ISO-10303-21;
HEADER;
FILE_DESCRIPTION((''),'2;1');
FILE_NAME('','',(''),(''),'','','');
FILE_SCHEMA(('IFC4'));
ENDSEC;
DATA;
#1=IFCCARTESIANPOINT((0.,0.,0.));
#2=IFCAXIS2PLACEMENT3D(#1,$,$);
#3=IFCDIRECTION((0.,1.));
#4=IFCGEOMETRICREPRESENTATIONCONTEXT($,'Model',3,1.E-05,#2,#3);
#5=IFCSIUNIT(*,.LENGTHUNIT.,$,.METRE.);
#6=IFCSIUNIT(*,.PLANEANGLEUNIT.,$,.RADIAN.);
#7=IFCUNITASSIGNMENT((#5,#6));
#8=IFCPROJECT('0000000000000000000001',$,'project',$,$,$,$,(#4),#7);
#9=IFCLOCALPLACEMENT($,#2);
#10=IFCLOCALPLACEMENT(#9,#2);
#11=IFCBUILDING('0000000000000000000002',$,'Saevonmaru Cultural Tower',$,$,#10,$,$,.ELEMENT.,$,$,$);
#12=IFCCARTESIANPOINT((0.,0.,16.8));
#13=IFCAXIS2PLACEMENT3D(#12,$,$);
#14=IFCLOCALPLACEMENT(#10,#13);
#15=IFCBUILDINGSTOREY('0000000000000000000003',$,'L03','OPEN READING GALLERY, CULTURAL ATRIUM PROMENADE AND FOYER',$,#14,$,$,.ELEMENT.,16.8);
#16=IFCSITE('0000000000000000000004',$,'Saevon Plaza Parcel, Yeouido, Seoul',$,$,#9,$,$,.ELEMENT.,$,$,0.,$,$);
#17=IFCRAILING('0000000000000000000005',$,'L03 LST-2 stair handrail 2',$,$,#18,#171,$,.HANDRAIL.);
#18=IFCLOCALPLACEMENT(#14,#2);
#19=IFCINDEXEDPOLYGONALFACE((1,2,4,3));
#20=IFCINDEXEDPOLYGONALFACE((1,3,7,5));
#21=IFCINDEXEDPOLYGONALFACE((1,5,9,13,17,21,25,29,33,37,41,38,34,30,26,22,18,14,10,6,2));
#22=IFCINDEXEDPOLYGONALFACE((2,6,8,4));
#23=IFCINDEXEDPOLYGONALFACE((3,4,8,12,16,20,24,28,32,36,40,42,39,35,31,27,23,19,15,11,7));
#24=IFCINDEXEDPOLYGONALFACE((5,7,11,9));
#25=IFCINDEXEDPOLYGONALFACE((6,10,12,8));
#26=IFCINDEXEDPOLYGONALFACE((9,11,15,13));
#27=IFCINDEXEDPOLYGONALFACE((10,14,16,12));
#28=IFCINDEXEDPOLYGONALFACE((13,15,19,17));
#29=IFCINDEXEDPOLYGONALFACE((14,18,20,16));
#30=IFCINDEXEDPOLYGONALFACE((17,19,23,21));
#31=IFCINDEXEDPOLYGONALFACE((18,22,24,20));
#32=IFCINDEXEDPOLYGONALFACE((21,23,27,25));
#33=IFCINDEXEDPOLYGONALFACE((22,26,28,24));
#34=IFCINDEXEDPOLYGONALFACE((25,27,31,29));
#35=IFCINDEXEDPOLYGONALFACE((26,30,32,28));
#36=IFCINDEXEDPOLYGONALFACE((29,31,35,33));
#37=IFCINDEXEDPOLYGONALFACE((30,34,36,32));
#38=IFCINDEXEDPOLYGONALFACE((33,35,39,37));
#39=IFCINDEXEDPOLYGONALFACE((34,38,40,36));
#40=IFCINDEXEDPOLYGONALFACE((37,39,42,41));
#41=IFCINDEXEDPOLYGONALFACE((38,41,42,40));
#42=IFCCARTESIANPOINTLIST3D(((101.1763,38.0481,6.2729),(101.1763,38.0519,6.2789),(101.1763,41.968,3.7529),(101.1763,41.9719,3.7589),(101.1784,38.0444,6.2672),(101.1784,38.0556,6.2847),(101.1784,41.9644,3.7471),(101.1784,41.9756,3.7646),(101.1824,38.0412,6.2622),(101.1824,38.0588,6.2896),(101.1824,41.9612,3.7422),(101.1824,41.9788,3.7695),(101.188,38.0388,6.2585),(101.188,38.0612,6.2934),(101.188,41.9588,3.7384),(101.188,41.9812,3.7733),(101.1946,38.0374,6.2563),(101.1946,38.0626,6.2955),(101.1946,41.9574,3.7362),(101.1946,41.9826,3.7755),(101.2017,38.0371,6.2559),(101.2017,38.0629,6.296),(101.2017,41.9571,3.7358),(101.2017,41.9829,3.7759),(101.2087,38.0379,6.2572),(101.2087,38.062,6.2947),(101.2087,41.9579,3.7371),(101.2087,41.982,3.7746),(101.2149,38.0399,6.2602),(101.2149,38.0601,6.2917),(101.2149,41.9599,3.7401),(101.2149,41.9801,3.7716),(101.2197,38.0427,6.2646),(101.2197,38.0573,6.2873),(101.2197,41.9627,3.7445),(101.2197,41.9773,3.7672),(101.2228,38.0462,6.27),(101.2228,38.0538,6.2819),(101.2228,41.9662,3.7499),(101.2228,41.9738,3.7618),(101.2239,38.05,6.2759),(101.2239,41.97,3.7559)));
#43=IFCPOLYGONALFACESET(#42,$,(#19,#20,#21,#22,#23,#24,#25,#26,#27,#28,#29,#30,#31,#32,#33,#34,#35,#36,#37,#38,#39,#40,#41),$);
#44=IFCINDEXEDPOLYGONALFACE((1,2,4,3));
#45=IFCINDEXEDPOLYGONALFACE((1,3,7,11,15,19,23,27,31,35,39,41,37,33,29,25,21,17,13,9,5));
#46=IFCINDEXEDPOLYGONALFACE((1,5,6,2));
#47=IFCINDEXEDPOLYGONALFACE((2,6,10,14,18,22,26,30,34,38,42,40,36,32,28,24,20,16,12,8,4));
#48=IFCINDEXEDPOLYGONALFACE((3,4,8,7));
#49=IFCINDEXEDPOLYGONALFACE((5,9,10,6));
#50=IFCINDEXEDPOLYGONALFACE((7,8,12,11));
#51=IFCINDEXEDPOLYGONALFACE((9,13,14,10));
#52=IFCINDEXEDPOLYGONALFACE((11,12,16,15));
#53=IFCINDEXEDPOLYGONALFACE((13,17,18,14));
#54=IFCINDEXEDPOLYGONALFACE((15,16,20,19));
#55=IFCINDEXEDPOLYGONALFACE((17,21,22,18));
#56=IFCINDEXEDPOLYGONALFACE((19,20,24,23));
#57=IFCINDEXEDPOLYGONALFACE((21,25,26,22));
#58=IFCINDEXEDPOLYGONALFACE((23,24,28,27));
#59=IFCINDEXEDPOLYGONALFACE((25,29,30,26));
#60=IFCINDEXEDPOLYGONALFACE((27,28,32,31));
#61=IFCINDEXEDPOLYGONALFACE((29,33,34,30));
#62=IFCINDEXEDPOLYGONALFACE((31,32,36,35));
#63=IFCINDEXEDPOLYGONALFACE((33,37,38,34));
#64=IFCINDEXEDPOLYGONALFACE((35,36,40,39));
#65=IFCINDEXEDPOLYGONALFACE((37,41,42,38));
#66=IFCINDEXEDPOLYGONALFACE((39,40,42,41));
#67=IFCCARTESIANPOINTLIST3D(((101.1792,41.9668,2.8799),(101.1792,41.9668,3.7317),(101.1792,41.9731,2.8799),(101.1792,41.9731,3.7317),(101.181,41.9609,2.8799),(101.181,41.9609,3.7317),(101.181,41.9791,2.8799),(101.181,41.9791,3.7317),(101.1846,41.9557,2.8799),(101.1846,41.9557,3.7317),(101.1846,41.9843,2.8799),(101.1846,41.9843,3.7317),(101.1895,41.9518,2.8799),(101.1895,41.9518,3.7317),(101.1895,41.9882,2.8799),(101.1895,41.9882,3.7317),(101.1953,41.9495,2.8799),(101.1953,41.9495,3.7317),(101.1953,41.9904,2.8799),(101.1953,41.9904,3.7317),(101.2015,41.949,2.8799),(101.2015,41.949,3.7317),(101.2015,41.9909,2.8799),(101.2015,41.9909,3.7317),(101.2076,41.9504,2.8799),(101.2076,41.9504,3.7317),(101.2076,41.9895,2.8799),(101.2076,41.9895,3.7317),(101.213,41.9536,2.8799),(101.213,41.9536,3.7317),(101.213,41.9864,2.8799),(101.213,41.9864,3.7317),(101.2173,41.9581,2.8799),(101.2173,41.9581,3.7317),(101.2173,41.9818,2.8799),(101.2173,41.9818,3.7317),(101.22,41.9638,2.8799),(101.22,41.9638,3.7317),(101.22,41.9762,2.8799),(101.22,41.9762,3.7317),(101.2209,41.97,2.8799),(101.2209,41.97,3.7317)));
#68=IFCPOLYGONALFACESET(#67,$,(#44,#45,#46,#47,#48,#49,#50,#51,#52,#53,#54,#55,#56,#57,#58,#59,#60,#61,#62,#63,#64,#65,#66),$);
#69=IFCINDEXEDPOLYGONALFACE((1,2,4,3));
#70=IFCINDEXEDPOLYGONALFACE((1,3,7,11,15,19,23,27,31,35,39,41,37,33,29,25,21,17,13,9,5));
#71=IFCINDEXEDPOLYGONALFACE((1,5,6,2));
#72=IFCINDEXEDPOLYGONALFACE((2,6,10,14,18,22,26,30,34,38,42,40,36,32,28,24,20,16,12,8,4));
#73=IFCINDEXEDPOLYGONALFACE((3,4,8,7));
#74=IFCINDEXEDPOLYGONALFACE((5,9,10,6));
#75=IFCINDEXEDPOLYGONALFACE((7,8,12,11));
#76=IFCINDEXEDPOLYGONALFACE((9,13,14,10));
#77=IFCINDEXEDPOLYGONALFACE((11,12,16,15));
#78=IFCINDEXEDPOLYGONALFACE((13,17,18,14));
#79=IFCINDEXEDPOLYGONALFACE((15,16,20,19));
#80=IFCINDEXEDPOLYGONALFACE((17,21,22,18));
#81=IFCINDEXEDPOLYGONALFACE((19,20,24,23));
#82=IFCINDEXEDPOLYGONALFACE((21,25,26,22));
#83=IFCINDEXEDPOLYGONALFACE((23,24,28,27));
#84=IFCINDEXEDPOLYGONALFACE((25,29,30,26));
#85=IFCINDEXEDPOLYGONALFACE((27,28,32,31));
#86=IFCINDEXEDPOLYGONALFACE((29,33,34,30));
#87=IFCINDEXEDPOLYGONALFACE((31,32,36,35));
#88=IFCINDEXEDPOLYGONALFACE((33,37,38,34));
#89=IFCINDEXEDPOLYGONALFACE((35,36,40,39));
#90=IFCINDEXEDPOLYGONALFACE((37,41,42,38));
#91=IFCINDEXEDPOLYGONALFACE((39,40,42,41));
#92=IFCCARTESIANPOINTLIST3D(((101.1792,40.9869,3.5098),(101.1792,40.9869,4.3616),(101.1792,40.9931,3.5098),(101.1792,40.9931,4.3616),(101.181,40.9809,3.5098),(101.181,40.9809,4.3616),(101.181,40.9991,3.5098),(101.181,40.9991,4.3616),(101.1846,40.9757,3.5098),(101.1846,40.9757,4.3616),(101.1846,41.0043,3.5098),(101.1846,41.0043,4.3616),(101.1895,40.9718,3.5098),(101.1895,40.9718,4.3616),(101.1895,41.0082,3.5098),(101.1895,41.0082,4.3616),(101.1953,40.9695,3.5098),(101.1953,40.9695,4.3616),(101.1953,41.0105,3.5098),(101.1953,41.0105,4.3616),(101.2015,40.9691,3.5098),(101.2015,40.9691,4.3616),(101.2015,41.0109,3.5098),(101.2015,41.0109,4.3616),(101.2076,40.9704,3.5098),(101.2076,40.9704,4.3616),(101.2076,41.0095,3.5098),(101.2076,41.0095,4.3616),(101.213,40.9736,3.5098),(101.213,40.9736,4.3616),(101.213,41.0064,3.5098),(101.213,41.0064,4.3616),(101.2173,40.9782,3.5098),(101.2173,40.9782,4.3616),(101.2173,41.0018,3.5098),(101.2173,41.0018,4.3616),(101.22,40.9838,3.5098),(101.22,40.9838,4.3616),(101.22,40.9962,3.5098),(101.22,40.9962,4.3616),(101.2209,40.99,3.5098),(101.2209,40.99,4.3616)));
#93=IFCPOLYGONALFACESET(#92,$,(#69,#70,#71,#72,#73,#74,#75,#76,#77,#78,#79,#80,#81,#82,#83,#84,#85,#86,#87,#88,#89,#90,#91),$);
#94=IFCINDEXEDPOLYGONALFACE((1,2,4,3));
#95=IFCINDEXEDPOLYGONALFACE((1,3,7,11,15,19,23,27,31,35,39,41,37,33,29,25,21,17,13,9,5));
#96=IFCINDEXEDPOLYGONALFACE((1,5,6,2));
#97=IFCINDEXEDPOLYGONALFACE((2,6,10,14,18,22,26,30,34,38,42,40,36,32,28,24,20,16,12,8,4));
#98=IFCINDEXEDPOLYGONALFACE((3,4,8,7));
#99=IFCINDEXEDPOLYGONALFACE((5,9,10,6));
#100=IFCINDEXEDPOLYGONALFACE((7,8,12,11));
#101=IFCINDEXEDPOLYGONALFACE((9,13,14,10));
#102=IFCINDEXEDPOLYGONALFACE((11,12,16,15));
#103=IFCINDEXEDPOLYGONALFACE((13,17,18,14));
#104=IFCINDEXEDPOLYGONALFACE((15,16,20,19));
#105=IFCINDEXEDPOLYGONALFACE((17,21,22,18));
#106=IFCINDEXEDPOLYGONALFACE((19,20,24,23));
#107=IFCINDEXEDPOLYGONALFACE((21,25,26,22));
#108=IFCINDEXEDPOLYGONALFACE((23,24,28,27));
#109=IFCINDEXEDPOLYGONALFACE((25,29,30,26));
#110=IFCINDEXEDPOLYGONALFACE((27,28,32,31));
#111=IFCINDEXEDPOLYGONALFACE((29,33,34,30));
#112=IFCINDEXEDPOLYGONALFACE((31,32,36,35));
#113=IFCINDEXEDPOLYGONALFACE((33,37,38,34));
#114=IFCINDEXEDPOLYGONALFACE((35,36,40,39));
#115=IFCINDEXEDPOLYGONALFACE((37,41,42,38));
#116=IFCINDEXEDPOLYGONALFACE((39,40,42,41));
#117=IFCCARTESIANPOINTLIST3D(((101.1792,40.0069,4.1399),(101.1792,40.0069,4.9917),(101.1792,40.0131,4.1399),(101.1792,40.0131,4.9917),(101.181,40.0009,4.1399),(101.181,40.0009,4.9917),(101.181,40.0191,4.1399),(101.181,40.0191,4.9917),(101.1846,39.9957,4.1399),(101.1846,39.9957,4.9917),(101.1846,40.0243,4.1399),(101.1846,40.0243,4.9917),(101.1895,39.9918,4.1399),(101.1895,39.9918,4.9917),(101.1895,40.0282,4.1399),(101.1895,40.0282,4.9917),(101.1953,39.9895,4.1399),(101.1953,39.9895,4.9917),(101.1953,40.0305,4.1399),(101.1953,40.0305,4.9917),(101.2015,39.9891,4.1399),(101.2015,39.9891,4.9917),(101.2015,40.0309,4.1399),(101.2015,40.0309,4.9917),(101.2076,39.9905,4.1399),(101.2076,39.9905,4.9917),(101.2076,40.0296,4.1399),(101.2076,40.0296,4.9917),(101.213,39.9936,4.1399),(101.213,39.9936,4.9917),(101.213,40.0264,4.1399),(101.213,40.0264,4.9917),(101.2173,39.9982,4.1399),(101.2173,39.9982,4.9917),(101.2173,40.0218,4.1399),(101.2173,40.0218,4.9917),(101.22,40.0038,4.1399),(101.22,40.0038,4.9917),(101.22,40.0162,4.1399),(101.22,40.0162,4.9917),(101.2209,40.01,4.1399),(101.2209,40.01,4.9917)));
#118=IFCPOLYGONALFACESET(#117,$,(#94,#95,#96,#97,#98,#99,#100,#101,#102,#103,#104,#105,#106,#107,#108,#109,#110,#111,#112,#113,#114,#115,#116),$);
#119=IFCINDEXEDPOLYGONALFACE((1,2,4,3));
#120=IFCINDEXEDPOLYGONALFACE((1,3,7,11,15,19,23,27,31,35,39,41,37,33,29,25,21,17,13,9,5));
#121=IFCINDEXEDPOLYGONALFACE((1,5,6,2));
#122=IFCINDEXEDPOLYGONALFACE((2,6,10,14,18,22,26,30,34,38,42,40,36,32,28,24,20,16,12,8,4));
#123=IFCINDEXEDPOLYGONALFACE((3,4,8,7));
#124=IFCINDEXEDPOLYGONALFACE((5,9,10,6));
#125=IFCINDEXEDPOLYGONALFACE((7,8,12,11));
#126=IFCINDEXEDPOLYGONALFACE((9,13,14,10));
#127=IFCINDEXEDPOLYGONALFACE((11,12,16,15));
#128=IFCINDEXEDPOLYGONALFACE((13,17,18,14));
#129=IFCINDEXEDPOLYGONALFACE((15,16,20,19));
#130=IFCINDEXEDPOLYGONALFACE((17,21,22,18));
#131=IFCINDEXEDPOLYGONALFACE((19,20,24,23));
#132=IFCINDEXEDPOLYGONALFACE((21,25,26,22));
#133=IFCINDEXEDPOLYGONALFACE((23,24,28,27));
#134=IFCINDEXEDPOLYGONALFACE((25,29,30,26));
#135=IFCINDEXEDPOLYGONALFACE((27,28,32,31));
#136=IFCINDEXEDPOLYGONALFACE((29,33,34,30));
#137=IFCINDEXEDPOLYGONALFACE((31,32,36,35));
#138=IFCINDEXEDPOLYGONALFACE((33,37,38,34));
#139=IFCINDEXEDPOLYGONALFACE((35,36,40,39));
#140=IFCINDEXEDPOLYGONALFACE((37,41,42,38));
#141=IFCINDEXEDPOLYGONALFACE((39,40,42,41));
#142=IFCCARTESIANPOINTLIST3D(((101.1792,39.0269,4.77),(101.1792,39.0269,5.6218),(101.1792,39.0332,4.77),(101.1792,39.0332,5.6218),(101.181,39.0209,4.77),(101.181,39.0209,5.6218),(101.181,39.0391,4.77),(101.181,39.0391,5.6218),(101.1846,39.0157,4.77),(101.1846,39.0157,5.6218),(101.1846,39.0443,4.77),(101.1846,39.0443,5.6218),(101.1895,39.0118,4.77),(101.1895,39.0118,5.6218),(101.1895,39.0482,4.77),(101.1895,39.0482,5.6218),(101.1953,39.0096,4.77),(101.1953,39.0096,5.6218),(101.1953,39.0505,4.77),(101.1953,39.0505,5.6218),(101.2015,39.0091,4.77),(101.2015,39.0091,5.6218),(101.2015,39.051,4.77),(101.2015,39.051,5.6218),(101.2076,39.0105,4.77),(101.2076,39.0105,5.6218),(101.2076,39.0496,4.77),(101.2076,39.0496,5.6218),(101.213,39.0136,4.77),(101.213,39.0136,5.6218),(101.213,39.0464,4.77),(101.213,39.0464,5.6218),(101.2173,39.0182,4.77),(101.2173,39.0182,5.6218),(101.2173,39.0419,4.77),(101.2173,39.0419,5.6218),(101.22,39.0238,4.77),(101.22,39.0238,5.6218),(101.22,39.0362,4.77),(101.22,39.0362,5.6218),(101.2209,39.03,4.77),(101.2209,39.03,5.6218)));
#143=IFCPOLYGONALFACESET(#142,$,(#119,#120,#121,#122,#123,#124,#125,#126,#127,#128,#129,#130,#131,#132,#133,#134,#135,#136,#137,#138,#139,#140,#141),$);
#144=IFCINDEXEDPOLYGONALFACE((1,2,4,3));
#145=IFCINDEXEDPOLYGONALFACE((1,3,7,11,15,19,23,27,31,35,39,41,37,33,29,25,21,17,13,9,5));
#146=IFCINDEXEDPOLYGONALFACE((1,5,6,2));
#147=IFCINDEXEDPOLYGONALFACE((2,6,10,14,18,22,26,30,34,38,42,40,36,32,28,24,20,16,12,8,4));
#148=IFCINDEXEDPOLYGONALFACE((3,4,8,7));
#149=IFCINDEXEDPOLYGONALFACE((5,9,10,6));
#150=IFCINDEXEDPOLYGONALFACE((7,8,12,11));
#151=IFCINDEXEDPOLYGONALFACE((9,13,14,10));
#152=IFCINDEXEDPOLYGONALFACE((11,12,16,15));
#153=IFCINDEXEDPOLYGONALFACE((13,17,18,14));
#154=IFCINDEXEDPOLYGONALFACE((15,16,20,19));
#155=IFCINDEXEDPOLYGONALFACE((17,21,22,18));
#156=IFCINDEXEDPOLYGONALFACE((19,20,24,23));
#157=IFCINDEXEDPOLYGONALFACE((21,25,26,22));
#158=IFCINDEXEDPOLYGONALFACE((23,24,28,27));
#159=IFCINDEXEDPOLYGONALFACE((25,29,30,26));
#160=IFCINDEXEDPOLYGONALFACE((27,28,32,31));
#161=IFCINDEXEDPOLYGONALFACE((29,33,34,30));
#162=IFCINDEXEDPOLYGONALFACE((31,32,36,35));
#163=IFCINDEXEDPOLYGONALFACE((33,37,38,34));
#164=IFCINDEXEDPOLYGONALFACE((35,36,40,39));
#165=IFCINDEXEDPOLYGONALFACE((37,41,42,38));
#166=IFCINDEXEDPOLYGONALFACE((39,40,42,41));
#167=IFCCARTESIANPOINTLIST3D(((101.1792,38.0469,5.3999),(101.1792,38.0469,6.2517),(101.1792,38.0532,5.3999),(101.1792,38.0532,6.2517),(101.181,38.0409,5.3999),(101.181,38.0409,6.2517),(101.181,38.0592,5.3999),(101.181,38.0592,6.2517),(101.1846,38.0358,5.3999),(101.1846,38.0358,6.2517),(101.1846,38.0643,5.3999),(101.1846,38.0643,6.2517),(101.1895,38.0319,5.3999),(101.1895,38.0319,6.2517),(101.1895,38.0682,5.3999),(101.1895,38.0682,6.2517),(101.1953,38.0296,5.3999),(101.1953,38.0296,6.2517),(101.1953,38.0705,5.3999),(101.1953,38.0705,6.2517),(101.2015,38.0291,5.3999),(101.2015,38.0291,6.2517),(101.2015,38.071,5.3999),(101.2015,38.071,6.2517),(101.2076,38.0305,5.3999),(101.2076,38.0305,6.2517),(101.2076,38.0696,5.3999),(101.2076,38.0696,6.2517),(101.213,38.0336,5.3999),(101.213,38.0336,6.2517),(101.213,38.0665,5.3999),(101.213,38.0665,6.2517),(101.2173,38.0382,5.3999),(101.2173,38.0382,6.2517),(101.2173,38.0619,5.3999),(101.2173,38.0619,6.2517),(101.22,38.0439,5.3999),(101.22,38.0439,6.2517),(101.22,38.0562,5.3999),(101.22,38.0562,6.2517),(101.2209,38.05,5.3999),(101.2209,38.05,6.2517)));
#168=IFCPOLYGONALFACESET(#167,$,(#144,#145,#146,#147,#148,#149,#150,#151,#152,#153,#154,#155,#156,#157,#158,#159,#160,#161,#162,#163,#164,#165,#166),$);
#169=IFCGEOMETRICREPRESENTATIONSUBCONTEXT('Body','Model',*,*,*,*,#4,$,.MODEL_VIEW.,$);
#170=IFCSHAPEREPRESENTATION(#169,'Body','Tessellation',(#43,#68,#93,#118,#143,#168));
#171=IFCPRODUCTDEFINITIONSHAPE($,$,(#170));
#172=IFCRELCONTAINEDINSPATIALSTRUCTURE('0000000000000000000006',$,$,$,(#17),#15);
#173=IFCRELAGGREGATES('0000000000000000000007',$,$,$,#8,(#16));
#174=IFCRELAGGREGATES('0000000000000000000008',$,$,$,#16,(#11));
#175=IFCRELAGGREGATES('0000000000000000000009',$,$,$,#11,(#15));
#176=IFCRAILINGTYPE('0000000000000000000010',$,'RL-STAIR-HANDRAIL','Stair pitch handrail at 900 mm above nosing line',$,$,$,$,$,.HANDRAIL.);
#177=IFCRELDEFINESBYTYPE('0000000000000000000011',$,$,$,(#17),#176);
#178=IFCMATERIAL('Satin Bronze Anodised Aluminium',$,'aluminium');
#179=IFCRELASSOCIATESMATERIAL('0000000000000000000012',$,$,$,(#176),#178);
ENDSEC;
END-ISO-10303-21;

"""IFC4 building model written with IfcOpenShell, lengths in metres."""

from ifc_helpers import new_model, si_unit, direction, frame, origin, origin_2d, place, context, subcontext, project, spatial, circle, extrude, material, type_object, element, save


model = new_model("IFC4")

# Units and contexts
model_context = context("Model", 3, precision=1e-05, world=origin(), true_north=direction((0.0, 1.0)))
body_context = subcontext(model_context, "Body", "Model", "MODEL_VIEW")
ifc_project = project(units=[si_unit("LENGTHUNIT", "METRE"), si_unit("PLANEANGLEUNIT", "RADIAN")], contexts=[model_context])

# Site, building, storey
site_placement = place(None, origin())
site = spatial("IfcSite", under=ifc_project, at=site_placement, Name="Saevon Plaza Parcel, Yeouido, Seoul", CompositionType="ELEMENT", RefElevation=0.0)
building_placement = place(site_placement, origin())
building = spatial("IfcBuilding", under=site, at=building_placement, Name="Saevonmaru Cultural Tower", CompositionType="ELEMENT")
storey_placement = place(building_placement, frame((0.0, 0.0, 16.8)))
storey = spatial("IfcBuildingStorey", under=building, at=storey_placement, Name="L03", Description="OPEN READING GALLERY, CULTURAL ATRIUM PROMENADE AND FOYER", CompositionType="ELEMENT", Elevation=16.8)

# Shared definitions
ifc_material_1 = material(Name="Satin Bronze Anodised Aluminium", Category="aluminium")

# Railing
railing_type_1 = type_object("IfcRailingType", Name="RL-STAIR-HANDRAIL", Description="Stair pitch handrail at 900 mm above nosing line", PredefinedType="HANDRAIL", material=ifc_material_1)
railing_1_placement = place(storey_placement, frame((101.2, 41.97, 2.8799)))
element("IfcRailing", 1, at=railing_1_placement, inside=storey, type_object=railing_type_1, Name="L03 LST-2 stair handrail 2", PredefinedType="HANDRAIL", context=body_context, shape_type="SweptSolid", body=[
    extrude(circle(Radius=0.0239, at=origin_2d()), frame((0.0, 0.0, 0.876), z_axis=(0.0, -0.841172, 0.540768), x_axis=(1.0, 0.0, 0.0)), (0.0, 0.0, 1.0), 4.6602),
    extrude(circle(Radius=0.021, at=origin_2d()), origin(), (0.0, 0.0, 1.0), 0.8518),
    extrude(circle(Radius=0.021, at=origin_2d()), frame((0.0, -0.98, 0.6299)), (0.0, 0.0, 1.0), 0.8518),
    extrude(circle(Radius=0.021, at=origin_2d()), frame((0.0, -1.96, 1.26)), (0.0, 0.0, 1.0), 0.8518),
    extrude(circle(Radius=0.021, at=origin_2d()), frame((0.0, -2.9399, 1.8901)), (0.0, 0.0, 1.0), 0.8518),
    extrude(circle(Radius=0.021, at=origin_2d()), frame((0.0, -3.9199, 2.52)), (0.0, 0.0, 1.0), 0.8518),
])

save(model, "model.ifc")
